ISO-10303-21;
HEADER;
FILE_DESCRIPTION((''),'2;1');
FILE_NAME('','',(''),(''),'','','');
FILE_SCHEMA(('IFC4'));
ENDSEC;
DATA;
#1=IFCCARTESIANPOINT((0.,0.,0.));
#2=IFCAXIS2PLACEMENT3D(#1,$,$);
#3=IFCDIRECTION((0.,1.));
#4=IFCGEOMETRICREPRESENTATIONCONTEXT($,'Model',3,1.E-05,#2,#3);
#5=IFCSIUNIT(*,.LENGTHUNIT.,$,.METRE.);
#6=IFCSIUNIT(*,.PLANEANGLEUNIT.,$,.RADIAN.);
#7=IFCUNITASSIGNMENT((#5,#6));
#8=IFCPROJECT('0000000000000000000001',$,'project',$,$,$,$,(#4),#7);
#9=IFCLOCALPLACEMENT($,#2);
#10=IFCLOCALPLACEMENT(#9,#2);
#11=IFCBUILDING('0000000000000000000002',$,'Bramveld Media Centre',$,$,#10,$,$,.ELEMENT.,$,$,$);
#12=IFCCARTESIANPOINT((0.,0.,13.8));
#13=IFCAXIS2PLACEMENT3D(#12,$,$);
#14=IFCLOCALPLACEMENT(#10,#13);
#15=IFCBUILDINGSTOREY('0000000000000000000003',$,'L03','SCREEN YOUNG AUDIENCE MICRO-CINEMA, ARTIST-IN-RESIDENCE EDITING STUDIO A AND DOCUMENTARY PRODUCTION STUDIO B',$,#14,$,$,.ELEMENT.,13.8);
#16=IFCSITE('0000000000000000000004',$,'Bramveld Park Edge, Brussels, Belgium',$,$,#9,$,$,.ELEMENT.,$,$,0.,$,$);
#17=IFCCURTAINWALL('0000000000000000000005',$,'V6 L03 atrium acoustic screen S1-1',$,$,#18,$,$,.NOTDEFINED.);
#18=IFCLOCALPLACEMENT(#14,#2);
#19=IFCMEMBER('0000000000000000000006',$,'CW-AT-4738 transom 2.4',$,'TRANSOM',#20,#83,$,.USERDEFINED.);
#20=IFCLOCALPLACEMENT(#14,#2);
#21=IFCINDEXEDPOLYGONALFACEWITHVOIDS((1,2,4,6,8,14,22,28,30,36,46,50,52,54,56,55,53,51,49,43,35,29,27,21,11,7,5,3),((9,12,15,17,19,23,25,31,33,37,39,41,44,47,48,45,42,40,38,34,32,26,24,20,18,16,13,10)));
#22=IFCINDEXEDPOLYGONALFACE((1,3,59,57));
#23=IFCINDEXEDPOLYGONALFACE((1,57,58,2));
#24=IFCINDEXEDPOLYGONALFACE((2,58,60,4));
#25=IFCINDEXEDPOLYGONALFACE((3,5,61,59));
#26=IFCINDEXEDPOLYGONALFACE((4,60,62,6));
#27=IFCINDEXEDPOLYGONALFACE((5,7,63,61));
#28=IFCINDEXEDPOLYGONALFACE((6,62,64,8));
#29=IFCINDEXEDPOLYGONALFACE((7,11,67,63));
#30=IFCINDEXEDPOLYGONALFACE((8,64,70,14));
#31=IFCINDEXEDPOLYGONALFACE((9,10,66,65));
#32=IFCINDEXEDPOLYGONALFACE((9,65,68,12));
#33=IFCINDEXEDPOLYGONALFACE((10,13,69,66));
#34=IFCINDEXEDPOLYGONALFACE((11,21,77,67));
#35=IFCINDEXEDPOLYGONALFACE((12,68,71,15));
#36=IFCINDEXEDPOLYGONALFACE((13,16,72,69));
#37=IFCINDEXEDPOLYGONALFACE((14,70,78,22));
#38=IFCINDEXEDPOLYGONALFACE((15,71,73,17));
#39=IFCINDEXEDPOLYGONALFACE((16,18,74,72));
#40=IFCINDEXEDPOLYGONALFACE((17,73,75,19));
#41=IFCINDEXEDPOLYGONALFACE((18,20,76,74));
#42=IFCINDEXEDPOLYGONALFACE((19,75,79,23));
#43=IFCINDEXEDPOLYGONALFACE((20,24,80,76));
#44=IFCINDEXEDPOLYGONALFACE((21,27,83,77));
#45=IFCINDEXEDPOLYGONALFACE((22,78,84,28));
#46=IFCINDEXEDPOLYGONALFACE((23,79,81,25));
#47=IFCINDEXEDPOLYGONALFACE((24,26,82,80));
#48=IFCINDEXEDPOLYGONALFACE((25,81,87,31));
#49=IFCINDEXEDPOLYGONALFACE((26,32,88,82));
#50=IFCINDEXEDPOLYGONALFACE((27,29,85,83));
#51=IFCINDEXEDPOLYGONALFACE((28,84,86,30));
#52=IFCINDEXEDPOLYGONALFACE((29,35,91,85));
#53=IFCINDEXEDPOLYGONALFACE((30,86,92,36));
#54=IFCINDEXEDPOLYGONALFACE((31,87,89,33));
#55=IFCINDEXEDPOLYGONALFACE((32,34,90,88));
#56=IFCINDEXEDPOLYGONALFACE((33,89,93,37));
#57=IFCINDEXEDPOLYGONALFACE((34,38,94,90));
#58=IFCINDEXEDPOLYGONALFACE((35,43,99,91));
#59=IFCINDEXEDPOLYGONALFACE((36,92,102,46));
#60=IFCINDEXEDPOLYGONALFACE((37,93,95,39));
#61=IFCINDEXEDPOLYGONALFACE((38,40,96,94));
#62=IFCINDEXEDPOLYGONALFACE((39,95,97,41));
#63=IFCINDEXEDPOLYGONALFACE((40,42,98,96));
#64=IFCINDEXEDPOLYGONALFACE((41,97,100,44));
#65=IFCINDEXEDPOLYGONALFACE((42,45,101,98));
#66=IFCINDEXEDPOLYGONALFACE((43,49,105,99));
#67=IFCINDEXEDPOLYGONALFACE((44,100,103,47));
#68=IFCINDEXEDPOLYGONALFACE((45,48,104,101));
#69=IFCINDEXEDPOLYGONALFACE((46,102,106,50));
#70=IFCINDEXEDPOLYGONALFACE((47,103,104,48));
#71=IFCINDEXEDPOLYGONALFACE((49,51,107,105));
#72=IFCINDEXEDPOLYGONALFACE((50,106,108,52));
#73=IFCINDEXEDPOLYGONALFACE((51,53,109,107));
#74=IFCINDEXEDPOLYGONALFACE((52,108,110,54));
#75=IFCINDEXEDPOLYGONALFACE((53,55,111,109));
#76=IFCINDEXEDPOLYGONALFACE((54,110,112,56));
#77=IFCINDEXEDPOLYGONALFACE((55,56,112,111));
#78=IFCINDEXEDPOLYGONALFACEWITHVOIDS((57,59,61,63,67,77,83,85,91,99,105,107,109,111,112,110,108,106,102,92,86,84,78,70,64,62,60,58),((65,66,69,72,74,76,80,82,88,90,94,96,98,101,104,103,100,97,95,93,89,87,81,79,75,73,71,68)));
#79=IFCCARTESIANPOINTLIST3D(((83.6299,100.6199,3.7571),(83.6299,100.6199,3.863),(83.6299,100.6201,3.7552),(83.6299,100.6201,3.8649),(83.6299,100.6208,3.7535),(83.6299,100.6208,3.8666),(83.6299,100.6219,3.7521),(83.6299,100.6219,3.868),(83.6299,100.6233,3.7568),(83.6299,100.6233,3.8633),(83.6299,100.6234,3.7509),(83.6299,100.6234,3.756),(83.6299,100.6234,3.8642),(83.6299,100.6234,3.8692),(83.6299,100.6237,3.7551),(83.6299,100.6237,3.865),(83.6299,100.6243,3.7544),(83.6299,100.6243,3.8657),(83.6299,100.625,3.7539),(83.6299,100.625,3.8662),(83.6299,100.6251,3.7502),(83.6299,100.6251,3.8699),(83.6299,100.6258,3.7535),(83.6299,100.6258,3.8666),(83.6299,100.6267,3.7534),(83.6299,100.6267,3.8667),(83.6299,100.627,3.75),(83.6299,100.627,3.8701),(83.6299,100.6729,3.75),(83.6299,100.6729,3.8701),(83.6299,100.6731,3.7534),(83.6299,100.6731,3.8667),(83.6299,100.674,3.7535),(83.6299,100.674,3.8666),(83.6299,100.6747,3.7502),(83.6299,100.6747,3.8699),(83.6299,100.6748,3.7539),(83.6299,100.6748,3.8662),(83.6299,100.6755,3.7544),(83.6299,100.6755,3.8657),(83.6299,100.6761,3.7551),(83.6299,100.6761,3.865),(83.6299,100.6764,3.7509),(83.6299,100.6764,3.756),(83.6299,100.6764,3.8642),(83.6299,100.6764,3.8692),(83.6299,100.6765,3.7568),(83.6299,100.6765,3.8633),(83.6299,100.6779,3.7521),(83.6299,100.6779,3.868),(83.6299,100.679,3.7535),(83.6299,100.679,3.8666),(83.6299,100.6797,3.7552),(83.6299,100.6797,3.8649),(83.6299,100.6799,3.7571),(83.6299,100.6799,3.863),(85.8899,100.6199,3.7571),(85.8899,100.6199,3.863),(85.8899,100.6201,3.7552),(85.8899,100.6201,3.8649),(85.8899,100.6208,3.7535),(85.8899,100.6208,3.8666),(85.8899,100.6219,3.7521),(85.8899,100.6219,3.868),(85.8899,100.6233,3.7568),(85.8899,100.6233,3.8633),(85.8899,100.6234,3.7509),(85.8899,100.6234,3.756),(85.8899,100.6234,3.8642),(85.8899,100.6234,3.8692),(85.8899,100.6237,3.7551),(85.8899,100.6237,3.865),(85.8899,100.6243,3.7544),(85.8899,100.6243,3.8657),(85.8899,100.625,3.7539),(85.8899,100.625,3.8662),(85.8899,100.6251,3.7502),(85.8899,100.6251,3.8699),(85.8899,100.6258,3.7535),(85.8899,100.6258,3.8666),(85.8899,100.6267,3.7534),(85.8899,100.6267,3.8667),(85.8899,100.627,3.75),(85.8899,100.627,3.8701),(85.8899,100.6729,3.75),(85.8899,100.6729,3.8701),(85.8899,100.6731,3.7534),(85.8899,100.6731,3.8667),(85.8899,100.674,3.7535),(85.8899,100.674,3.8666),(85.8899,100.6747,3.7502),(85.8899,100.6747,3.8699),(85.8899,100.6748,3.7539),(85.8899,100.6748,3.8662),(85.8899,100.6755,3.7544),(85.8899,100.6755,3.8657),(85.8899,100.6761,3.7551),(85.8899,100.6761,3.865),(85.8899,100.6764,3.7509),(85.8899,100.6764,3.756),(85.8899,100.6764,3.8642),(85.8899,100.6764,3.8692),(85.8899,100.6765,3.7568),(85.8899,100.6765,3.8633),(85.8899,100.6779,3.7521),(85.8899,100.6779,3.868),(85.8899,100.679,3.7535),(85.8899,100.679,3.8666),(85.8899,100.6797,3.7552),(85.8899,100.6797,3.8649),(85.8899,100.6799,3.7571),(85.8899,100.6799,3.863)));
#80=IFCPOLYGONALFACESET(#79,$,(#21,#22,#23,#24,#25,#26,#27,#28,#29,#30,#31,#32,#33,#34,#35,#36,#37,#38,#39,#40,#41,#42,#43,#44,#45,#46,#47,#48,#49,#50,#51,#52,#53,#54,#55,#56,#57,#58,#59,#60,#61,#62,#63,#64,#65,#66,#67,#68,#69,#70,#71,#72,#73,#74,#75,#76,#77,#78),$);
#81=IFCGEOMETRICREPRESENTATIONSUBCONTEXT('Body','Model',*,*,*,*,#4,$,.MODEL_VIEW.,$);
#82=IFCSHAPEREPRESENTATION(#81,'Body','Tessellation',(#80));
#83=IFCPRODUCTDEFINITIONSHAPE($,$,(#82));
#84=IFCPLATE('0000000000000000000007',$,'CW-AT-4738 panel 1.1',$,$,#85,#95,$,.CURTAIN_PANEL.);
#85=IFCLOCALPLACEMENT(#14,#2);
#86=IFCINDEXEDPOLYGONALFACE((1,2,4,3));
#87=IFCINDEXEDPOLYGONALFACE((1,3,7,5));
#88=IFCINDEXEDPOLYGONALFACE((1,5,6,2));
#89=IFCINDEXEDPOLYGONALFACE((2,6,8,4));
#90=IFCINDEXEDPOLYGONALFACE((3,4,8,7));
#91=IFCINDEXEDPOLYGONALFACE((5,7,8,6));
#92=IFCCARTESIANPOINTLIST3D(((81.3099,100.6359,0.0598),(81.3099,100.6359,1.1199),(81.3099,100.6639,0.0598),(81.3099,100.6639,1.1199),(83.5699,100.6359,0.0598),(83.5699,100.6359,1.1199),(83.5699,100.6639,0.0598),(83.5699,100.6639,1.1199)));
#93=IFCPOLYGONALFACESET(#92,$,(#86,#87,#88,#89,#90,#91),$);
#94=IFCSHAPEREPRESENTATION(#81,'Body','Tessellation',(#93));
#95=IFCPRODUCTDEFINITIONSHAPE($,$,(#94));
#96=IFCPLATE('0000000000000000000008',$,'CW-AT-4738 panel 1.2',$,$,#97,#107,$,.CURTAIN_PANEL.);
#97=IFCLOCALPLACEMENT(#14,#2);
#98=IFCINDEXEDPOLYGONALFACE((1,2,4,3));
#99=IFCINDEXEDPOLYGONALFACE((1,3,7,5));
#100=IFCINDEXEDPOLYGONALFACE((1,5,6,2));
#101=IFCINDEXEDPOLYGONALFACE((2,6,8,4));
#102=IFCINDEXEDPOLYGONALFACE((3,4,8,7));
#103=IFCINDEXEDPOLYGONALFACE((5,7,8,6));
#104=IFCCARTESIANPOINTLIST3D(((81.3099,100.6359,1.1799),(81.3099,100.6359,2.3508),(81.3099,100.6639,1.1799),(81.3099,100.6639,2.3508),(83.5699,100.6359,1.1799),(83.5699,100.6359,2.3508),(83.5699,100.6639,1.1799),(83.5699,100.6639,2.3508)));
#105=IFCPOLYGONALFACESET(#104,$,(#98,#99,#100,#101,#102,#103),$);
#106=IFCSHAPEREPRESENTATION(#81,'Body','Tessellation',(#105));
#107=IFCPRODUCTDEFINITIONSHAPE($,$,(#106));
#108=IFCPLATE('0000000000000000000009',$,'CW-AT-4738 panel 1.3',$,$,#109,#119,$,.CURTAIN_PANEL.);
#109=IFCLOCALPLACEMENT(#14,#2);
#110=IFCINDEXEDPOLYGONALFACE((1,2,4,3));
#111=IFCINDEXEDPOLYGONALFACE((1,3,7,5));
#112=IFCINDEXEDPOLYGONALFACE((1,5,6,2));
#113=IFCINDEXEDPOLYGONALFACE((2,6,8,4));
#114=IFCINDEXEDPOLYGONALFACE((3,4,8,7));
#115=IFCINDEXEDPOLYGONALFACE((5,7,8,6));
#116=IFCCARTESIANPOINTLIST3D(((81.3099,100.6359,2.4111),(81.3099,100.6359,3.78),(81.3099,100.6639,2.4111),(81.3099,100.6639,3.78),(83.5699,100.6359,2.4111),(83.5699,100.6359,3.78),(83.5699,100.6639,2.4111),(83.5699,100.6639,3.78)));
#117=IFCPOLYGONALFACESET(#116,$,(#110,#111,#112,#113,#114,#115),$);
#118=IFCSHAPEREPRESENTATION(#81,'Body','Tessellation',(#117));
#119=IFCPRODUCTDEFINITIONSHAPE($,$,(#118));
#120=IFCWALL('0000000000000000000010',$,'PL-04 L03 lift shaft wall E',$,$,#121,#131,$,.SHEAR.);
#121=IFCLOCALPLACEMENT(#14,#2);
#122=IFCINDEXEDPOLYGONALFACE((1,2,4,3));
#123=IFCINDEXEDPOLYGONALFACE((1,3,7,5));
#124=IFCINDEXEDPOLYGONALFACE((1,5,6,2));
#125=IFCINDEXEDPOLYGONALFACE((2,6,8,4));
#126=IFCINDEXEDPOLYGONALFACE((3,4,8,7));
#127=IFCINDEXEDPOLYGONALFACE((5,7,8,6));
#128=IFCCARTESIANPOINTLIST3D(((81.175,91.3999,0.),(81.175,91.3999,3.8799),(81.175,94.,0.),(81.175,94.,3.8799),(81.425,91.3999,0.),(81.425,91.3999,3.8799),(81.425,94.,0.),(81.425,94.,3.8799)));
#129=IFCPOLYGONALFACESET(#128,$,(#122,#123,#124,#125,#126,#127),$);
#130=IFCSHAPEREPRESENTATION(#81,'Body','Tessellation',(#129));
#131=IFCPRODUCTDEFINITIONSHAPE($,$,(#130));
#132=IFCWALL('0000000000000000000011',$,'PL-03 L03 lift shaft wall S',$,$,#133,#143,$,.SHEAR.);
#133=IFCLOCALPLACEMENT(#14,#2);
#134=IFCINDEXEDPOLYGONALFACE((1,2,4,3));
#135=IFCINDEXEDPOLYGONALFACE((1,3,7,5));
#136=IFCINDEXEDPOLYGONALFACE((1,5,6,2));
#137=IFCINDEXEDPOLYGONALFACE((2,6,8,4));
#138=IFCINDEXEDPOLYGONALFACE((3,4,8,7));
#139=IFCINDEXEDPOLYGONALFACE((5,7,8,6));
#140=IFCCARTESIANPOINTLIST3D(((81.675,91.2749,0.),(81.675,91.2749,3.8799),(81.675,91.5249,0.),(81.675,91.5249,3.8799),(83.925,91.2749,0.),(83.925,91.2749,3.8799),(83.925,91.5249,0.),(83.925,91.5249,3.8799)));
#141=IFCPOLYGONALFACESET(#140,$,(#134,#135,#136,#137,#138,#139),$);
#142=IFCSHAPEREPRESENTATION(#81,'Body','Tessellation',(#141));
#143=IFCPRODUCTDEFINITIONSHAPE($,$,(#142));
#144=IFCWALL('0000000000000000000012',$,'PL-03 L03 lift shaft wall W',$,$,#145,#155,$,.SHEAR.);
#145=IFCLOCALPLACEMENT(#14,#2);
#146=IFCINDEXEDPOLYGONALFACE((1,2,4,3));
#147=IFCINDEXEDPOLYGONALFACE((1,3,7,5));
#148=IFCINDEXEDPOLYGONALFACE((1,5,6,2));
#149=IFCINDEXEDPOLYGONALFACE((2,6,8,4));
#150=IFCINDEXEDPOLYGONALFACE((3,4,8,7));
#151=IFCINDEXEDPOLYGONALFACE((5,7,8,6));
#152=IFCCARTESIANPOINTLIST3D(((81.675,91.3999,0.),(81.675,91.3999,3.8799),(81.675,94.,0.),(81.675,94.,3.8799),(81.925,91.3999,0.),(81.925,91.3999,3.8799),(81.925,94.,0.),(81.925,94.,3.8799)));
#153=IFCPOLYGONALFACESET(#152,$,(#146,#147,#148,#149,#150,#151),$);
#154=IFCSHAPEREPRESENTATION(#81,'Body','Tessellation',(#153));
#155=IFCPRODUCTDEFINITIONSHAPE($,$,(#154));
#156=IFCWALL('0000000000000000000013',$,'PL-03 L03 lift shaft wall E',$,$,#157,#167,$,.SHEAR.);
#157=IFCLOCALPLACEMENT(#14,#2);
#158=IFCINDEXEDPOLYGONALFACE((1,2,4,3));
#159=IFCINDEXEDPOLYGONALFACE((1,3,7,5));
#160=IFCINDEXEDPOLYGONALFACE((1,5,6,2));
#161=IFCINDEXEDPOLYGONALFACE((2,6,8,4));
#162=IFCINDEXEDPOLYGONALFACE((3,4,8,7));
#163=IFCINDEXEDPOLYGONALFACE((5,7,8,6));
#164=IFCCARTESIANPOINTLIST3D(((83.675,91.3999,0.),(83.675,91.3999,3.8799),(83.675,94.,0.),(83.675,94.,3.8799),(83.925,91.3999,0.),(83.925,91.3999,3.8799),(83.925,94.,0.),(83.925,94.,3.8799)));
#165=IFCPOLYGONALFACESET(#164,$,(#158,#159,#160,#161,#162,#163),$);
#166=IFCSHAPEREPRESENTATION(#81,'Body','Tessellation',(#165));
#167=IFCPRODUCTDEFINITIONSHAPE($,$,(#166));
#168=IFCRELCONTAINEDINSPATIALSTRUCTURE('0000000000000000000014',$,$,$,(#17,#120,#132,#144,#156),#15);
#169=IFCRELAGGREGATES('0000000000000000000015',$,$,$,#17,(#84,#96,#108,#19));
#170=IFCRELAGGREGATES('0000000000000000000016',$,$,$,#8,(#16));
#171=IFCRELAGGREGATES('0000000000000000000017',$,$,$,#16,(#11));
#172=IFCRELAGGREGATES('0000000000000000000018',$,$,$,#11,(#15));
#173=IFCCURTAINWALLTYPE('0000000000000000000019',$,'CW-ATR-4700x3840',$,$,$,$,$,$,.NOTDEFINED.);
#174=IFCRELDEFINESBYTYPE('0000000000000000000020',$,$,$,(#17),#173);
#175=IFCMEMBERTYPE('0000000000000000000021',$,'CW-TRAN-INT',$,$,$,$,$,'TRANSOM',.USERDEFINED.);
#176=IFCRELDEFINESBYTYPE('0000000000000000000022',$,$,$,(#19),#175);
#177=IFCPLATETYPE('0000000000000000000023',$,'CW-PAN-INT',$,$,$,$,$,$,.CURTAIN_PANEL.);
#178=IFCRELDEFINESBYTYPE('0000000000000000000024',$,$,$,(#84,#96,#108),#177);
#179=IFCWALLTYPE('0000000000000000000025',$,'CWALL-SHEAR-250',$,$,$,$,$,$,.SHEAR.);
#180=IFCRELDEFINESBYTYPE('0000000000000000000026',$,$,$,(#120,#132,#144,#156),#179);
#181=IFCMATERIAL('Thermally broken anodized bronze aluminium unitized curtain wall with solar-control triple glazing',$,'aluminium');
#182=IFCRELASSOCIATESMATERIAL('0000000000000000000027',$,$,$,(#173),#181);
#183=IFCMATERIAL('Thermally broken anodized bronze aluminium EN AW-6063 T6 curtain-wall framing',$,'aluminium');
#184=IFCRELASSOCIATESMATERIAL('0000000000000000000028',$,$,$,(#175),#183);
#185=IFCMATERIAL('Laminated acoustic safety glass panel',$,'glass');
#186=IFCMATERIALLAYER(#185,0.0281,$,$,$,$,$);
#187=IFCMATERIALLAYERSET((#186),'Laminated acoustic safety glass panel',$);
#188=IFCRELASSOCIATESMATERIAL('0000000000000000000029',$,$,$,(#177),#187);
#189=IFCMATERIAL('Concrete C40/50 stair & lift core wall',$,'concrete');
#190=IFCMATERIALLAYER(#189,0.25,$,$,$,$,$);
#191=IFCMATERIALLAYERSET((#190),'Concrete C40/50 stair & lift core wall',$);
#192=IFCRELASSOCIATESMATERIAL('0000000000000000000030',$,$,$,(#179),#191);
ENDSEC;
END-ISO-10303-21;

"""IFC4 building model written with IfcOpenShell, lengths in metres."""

from ifc_helpers import new_model, si_unit, direction, frame, frame_2d, origin, origin_2d, place, context, subcontext, project, spatial, rectangle, hollow_rectangle, extrude, material, layer, layer_set, material_profile, profile_set, type_object, element, aggregate, save


model = new_model("IFC4")

# Units and contexts
model_context = context("Model", 3, precision=1e-05, world=origin(), true_north=direction((0.0, 1.0)))
body_context = subcontext(model_context, "Body", "Model", "MODEL_VIEW")
ifc_project = project(units=[si_unit("LENGTHUNIT", "METRE"), si_unit("PLANEANGLEUNIT", "RADIAN")], contexts=[model_context])

# Site, building, storey
site_placement = place(None, origin())
site = spatial("IfcSite", under=ifc_project, at=site_placement, Name="Bramveld Park Edge, Brussels, Belgium", CompositionType="ELEMENT", RefElevation=0.0)
building_placement = place(site_placement, origin())
building = spatial("IfcBuilding", under=site, at=building_placement, Name="Bramveld Media Centre", CompositionType="ELEMENT")
storey_placement = place(building_placement, frame((0.0, 0.0, 13.8)))
storey = spatial("IfcBuildingStorey", under=building, at=storey_placement, Name="L03", Description="SCREEN YOUNG AUDIENCE MICRO-CINEMA, ARTIST-IN-RESIDENCE EDITING STUDIO A AND DOCUMENTARY PRODUCTION STUDIO B", CompositionType="ELEMENT", Elevation=13.8)

# Curtain wall, member, plates
ifc_material_1 = material(Name="Thermally broken anodized bronze aluminium unitized curtain wall with solar-control triple glazing", Category="aluminium")
curtain_wall_type = type_object("IfcCurtainWallType", Name="CW-ATR-4700x3840", PredefinedType="NOTDEFINED", material=ifc_material_1)
curtain_wall_placement = place(storey_placement, origin())
curtain_wall = element("IfcCurtainWall", 1, at=curtain_wall_placement, inside=storey, type_object=curtain_wall_type, Name="V6 L03 atrium acoustic screen S1-1", PredefinedType="NOTDEFINED")
ifc_material_2 = material(Name="Thermally broken anodized bronze aluminium EN AW-6063 T6 curtain-wall framing", Category="aluminium")
ifc_material_profile_1 = material_profile(ifc_material_2, hollow_rectangle(XDim=0.0601, YDim=0.1201, WallThickness=0.0034, InnerFilletRadius=0.0034, OuterFilletRadius=0.0071, at=origin_2d()), Name="AL-TRAN 60x120")
ifc_profile_set_1 = profile_set([ifc_material_profile_1], Name="Thermally broken anodized bronze aluminium EN AW-6063 T6 curtain-wall framing")
member_type_1 = type_object("IfcMemberType", Name="CW-TRAN-INT", ElementType="TRANSOM", PredefinedType="USERDEFINED", material=ifc_profile_set_1)
member_1_placement = place(storey_placement, frame((83.6299, 100.6499, 3.8101), z_axis=(1.0, 0.0, 0.0), x_axis=(0.0, 1.0, 0.0)))
member_1 = element("IfcMember", 2, at=member_1_placement, type_object=member_type_1, Name="CW-AT-4738 transom 2.4", ObjectType="TRANSOM", PredefinedType="USERDEFINED", context=body_context, shape_type="SweptSolid", body=[
    extrude(hollow_rectangle(XDim=0.0601, YDim=0.1201, WallThickness=0.0034, InnerFilletRadius=0.0034, OuterFilletRadius=0.0071, at=origin_2d()), origin(), (0.0, 0.0, 1.0), 2.26),
])
ifc_material_3 = material(Name="Laminated acoustic safety glass panel", Category="glass")
ifc_layer_1 = layer(ifc_material_3, 0.0281)
ifc_layer_set_1 = layer_set([ifc_layer_1], Name="Laminated acoustic safety glass panel")
plate_type = type_object("IfcPlateType", Name="CW-PAN-INT", PredefinedType="CURTAIN_PANEL", material=ifc_layer_set_1)
plate_1_placement = place(storey_placement, frame((82.4399, 100.6499, 0.0598), z_axis=(0.0, 0.0, 1.0), x_axis=(1.0, 0.0, 0.0)))
plate_1 = element("IfcPlate", 3, at=plate_1_placement, type_object=plate_type, Name="CW-AT-4738 panel 1.1", PredefinedType="CURTAIN_PANEL", context=body_context, shape_type="SweptSolid", body=[
    extrude(rectangle(XDim=2.26, YDim=0.0281, at=origin_2d()), origin(), (0.0, 0.0, 1.0), 1.0601),
])
plate_2_placement = place(storey_placement, frame((82.4399, 100.6499, 1.1799), z_axis=(0.0, 0.0, 1.0), x_axis=(1.0, 0.0, 0.0)))
plate_2 = element("IfcPlate", 4, at=plate_2_placement, type_object=plate_type, Name="CW-AT-4738 panel 1.2", PredefinedType="CURTAIN_PANEL", context=body_context, shape_type="SweptSolid", body=[
    extrude(rectangle(XDim=2.26, YDim=0.0281, at=origin_2d()), origin(), (0.0, 0.0, 1.0), 1.1709),
])
plate_3_placement = place(storey_placement, frame((82.4399, 100.6499, 2.4111), z_axis=(0.0, 0.0, 1.0), x_axis=(1.0, 0.0, 0.0)))
plate_3 = element("IfcPlate", 5, at=plate_3_placement, type_object=plate_type, Name="CW-AT-4738 panel 1.3", PredefinedType="CURTAIN_PANEL", context=body_context, shape_type="SweptSolid", body=[
    extrude(rectangle(XDim=2.26, YDim=0.0281, at=origin_2d()), origin(), (0.0, 0.0, 1.0), 1.3689),
])
aggregate(curtain_wall, [plate_1, plate_2, plate_3, member_1])

# Shared definitions
ifc_material_4 = material(Name="Concrete C40/50 stair & lift core wall", Category="concrete")
ifc_layer_2 = layer(ifc_material_4, 0.25)
ifc_layer_set_2 = layer_set([ifc_layer_2], Name="Concrete C40/50 stair & lift core wall")
wall_type_1 = type_object("IfcWallType", Name="CWALL-SHEAR-250", PredefinedType="SHEAR", material=ifc_layer_set_2)

# Walls
wall_1_placement = place(storey_placement, frame((81.3, 91.3999, 0.0), z_axis=(0.0, 0.0, 1.0), x_axis=(0.0, 1.0, 0.0)))
element("IfcWall", 6, at=wall_1_placement, inside=storey, type_object=wall_type_1, Name="PL-04 L03 lift shaft wall E", PredefinedType="SHEAR", context=body_context, shape_type="SweptSolid", body=[
    extrude(rectangle(XDim=2.6001, YDim=0.25, at=frame_2d((1.3, 0.0))), origin(), (0.0, 0.0, 1.0), 3.8799),
])
wall_2_placement = place(storey_placement, frame((81.675, 91.3999, 0.0), z_axis=(0.0, 0.0, 1.0), x_axis=(1.0, 0.0, 0.0)))
element("IfcWall", 7, at=wall_2_placement, inside=storey, type_object=wall_type_1, Name="PL-03 L03 lift shaft wall S", PredefinedType="SHEAR", context=body_context, shape_type="SweptSolid", body=[
    extrude(rectangle(XDim=2.25, YDim=0.25, at=frame_2d((1.125, 0.0))), origin(), (0.0, 0.0, 1.0), 3.8799),
])

# Walls
for number, where, z_axis, x_axis, name in (
    (8, (81.8, 94.0, 0.0), (0.0, 0.0, 1.0), (0.0, -1.0, 0.0), "PL-03 L03 lift shaft wall W"),
    (9, (83.8, 91.3999, 0.0), (0.0, 0.0, 1.0), (0.0, 1.0, 0.0), "PL-03 L03 lift shaft wall E"),
):
    element("IfcWall", number, at=place(storey_placement, frame(where, z_axis=z_axis, x_axis=x_axis)), inside=storey, type_object=wall_type_1, Name=name, PredefinedType="SHEAR", context=body_context, shape_type="SweptSolid", body=[
        extrude(rectangle(XDim=2.6001, YDim=0.25, at=frame_2d((1.3, 0.0))), origin(), (0.0, 0.0, 1.0), 3.8799),
    ])

save(model, "model.ifc")
